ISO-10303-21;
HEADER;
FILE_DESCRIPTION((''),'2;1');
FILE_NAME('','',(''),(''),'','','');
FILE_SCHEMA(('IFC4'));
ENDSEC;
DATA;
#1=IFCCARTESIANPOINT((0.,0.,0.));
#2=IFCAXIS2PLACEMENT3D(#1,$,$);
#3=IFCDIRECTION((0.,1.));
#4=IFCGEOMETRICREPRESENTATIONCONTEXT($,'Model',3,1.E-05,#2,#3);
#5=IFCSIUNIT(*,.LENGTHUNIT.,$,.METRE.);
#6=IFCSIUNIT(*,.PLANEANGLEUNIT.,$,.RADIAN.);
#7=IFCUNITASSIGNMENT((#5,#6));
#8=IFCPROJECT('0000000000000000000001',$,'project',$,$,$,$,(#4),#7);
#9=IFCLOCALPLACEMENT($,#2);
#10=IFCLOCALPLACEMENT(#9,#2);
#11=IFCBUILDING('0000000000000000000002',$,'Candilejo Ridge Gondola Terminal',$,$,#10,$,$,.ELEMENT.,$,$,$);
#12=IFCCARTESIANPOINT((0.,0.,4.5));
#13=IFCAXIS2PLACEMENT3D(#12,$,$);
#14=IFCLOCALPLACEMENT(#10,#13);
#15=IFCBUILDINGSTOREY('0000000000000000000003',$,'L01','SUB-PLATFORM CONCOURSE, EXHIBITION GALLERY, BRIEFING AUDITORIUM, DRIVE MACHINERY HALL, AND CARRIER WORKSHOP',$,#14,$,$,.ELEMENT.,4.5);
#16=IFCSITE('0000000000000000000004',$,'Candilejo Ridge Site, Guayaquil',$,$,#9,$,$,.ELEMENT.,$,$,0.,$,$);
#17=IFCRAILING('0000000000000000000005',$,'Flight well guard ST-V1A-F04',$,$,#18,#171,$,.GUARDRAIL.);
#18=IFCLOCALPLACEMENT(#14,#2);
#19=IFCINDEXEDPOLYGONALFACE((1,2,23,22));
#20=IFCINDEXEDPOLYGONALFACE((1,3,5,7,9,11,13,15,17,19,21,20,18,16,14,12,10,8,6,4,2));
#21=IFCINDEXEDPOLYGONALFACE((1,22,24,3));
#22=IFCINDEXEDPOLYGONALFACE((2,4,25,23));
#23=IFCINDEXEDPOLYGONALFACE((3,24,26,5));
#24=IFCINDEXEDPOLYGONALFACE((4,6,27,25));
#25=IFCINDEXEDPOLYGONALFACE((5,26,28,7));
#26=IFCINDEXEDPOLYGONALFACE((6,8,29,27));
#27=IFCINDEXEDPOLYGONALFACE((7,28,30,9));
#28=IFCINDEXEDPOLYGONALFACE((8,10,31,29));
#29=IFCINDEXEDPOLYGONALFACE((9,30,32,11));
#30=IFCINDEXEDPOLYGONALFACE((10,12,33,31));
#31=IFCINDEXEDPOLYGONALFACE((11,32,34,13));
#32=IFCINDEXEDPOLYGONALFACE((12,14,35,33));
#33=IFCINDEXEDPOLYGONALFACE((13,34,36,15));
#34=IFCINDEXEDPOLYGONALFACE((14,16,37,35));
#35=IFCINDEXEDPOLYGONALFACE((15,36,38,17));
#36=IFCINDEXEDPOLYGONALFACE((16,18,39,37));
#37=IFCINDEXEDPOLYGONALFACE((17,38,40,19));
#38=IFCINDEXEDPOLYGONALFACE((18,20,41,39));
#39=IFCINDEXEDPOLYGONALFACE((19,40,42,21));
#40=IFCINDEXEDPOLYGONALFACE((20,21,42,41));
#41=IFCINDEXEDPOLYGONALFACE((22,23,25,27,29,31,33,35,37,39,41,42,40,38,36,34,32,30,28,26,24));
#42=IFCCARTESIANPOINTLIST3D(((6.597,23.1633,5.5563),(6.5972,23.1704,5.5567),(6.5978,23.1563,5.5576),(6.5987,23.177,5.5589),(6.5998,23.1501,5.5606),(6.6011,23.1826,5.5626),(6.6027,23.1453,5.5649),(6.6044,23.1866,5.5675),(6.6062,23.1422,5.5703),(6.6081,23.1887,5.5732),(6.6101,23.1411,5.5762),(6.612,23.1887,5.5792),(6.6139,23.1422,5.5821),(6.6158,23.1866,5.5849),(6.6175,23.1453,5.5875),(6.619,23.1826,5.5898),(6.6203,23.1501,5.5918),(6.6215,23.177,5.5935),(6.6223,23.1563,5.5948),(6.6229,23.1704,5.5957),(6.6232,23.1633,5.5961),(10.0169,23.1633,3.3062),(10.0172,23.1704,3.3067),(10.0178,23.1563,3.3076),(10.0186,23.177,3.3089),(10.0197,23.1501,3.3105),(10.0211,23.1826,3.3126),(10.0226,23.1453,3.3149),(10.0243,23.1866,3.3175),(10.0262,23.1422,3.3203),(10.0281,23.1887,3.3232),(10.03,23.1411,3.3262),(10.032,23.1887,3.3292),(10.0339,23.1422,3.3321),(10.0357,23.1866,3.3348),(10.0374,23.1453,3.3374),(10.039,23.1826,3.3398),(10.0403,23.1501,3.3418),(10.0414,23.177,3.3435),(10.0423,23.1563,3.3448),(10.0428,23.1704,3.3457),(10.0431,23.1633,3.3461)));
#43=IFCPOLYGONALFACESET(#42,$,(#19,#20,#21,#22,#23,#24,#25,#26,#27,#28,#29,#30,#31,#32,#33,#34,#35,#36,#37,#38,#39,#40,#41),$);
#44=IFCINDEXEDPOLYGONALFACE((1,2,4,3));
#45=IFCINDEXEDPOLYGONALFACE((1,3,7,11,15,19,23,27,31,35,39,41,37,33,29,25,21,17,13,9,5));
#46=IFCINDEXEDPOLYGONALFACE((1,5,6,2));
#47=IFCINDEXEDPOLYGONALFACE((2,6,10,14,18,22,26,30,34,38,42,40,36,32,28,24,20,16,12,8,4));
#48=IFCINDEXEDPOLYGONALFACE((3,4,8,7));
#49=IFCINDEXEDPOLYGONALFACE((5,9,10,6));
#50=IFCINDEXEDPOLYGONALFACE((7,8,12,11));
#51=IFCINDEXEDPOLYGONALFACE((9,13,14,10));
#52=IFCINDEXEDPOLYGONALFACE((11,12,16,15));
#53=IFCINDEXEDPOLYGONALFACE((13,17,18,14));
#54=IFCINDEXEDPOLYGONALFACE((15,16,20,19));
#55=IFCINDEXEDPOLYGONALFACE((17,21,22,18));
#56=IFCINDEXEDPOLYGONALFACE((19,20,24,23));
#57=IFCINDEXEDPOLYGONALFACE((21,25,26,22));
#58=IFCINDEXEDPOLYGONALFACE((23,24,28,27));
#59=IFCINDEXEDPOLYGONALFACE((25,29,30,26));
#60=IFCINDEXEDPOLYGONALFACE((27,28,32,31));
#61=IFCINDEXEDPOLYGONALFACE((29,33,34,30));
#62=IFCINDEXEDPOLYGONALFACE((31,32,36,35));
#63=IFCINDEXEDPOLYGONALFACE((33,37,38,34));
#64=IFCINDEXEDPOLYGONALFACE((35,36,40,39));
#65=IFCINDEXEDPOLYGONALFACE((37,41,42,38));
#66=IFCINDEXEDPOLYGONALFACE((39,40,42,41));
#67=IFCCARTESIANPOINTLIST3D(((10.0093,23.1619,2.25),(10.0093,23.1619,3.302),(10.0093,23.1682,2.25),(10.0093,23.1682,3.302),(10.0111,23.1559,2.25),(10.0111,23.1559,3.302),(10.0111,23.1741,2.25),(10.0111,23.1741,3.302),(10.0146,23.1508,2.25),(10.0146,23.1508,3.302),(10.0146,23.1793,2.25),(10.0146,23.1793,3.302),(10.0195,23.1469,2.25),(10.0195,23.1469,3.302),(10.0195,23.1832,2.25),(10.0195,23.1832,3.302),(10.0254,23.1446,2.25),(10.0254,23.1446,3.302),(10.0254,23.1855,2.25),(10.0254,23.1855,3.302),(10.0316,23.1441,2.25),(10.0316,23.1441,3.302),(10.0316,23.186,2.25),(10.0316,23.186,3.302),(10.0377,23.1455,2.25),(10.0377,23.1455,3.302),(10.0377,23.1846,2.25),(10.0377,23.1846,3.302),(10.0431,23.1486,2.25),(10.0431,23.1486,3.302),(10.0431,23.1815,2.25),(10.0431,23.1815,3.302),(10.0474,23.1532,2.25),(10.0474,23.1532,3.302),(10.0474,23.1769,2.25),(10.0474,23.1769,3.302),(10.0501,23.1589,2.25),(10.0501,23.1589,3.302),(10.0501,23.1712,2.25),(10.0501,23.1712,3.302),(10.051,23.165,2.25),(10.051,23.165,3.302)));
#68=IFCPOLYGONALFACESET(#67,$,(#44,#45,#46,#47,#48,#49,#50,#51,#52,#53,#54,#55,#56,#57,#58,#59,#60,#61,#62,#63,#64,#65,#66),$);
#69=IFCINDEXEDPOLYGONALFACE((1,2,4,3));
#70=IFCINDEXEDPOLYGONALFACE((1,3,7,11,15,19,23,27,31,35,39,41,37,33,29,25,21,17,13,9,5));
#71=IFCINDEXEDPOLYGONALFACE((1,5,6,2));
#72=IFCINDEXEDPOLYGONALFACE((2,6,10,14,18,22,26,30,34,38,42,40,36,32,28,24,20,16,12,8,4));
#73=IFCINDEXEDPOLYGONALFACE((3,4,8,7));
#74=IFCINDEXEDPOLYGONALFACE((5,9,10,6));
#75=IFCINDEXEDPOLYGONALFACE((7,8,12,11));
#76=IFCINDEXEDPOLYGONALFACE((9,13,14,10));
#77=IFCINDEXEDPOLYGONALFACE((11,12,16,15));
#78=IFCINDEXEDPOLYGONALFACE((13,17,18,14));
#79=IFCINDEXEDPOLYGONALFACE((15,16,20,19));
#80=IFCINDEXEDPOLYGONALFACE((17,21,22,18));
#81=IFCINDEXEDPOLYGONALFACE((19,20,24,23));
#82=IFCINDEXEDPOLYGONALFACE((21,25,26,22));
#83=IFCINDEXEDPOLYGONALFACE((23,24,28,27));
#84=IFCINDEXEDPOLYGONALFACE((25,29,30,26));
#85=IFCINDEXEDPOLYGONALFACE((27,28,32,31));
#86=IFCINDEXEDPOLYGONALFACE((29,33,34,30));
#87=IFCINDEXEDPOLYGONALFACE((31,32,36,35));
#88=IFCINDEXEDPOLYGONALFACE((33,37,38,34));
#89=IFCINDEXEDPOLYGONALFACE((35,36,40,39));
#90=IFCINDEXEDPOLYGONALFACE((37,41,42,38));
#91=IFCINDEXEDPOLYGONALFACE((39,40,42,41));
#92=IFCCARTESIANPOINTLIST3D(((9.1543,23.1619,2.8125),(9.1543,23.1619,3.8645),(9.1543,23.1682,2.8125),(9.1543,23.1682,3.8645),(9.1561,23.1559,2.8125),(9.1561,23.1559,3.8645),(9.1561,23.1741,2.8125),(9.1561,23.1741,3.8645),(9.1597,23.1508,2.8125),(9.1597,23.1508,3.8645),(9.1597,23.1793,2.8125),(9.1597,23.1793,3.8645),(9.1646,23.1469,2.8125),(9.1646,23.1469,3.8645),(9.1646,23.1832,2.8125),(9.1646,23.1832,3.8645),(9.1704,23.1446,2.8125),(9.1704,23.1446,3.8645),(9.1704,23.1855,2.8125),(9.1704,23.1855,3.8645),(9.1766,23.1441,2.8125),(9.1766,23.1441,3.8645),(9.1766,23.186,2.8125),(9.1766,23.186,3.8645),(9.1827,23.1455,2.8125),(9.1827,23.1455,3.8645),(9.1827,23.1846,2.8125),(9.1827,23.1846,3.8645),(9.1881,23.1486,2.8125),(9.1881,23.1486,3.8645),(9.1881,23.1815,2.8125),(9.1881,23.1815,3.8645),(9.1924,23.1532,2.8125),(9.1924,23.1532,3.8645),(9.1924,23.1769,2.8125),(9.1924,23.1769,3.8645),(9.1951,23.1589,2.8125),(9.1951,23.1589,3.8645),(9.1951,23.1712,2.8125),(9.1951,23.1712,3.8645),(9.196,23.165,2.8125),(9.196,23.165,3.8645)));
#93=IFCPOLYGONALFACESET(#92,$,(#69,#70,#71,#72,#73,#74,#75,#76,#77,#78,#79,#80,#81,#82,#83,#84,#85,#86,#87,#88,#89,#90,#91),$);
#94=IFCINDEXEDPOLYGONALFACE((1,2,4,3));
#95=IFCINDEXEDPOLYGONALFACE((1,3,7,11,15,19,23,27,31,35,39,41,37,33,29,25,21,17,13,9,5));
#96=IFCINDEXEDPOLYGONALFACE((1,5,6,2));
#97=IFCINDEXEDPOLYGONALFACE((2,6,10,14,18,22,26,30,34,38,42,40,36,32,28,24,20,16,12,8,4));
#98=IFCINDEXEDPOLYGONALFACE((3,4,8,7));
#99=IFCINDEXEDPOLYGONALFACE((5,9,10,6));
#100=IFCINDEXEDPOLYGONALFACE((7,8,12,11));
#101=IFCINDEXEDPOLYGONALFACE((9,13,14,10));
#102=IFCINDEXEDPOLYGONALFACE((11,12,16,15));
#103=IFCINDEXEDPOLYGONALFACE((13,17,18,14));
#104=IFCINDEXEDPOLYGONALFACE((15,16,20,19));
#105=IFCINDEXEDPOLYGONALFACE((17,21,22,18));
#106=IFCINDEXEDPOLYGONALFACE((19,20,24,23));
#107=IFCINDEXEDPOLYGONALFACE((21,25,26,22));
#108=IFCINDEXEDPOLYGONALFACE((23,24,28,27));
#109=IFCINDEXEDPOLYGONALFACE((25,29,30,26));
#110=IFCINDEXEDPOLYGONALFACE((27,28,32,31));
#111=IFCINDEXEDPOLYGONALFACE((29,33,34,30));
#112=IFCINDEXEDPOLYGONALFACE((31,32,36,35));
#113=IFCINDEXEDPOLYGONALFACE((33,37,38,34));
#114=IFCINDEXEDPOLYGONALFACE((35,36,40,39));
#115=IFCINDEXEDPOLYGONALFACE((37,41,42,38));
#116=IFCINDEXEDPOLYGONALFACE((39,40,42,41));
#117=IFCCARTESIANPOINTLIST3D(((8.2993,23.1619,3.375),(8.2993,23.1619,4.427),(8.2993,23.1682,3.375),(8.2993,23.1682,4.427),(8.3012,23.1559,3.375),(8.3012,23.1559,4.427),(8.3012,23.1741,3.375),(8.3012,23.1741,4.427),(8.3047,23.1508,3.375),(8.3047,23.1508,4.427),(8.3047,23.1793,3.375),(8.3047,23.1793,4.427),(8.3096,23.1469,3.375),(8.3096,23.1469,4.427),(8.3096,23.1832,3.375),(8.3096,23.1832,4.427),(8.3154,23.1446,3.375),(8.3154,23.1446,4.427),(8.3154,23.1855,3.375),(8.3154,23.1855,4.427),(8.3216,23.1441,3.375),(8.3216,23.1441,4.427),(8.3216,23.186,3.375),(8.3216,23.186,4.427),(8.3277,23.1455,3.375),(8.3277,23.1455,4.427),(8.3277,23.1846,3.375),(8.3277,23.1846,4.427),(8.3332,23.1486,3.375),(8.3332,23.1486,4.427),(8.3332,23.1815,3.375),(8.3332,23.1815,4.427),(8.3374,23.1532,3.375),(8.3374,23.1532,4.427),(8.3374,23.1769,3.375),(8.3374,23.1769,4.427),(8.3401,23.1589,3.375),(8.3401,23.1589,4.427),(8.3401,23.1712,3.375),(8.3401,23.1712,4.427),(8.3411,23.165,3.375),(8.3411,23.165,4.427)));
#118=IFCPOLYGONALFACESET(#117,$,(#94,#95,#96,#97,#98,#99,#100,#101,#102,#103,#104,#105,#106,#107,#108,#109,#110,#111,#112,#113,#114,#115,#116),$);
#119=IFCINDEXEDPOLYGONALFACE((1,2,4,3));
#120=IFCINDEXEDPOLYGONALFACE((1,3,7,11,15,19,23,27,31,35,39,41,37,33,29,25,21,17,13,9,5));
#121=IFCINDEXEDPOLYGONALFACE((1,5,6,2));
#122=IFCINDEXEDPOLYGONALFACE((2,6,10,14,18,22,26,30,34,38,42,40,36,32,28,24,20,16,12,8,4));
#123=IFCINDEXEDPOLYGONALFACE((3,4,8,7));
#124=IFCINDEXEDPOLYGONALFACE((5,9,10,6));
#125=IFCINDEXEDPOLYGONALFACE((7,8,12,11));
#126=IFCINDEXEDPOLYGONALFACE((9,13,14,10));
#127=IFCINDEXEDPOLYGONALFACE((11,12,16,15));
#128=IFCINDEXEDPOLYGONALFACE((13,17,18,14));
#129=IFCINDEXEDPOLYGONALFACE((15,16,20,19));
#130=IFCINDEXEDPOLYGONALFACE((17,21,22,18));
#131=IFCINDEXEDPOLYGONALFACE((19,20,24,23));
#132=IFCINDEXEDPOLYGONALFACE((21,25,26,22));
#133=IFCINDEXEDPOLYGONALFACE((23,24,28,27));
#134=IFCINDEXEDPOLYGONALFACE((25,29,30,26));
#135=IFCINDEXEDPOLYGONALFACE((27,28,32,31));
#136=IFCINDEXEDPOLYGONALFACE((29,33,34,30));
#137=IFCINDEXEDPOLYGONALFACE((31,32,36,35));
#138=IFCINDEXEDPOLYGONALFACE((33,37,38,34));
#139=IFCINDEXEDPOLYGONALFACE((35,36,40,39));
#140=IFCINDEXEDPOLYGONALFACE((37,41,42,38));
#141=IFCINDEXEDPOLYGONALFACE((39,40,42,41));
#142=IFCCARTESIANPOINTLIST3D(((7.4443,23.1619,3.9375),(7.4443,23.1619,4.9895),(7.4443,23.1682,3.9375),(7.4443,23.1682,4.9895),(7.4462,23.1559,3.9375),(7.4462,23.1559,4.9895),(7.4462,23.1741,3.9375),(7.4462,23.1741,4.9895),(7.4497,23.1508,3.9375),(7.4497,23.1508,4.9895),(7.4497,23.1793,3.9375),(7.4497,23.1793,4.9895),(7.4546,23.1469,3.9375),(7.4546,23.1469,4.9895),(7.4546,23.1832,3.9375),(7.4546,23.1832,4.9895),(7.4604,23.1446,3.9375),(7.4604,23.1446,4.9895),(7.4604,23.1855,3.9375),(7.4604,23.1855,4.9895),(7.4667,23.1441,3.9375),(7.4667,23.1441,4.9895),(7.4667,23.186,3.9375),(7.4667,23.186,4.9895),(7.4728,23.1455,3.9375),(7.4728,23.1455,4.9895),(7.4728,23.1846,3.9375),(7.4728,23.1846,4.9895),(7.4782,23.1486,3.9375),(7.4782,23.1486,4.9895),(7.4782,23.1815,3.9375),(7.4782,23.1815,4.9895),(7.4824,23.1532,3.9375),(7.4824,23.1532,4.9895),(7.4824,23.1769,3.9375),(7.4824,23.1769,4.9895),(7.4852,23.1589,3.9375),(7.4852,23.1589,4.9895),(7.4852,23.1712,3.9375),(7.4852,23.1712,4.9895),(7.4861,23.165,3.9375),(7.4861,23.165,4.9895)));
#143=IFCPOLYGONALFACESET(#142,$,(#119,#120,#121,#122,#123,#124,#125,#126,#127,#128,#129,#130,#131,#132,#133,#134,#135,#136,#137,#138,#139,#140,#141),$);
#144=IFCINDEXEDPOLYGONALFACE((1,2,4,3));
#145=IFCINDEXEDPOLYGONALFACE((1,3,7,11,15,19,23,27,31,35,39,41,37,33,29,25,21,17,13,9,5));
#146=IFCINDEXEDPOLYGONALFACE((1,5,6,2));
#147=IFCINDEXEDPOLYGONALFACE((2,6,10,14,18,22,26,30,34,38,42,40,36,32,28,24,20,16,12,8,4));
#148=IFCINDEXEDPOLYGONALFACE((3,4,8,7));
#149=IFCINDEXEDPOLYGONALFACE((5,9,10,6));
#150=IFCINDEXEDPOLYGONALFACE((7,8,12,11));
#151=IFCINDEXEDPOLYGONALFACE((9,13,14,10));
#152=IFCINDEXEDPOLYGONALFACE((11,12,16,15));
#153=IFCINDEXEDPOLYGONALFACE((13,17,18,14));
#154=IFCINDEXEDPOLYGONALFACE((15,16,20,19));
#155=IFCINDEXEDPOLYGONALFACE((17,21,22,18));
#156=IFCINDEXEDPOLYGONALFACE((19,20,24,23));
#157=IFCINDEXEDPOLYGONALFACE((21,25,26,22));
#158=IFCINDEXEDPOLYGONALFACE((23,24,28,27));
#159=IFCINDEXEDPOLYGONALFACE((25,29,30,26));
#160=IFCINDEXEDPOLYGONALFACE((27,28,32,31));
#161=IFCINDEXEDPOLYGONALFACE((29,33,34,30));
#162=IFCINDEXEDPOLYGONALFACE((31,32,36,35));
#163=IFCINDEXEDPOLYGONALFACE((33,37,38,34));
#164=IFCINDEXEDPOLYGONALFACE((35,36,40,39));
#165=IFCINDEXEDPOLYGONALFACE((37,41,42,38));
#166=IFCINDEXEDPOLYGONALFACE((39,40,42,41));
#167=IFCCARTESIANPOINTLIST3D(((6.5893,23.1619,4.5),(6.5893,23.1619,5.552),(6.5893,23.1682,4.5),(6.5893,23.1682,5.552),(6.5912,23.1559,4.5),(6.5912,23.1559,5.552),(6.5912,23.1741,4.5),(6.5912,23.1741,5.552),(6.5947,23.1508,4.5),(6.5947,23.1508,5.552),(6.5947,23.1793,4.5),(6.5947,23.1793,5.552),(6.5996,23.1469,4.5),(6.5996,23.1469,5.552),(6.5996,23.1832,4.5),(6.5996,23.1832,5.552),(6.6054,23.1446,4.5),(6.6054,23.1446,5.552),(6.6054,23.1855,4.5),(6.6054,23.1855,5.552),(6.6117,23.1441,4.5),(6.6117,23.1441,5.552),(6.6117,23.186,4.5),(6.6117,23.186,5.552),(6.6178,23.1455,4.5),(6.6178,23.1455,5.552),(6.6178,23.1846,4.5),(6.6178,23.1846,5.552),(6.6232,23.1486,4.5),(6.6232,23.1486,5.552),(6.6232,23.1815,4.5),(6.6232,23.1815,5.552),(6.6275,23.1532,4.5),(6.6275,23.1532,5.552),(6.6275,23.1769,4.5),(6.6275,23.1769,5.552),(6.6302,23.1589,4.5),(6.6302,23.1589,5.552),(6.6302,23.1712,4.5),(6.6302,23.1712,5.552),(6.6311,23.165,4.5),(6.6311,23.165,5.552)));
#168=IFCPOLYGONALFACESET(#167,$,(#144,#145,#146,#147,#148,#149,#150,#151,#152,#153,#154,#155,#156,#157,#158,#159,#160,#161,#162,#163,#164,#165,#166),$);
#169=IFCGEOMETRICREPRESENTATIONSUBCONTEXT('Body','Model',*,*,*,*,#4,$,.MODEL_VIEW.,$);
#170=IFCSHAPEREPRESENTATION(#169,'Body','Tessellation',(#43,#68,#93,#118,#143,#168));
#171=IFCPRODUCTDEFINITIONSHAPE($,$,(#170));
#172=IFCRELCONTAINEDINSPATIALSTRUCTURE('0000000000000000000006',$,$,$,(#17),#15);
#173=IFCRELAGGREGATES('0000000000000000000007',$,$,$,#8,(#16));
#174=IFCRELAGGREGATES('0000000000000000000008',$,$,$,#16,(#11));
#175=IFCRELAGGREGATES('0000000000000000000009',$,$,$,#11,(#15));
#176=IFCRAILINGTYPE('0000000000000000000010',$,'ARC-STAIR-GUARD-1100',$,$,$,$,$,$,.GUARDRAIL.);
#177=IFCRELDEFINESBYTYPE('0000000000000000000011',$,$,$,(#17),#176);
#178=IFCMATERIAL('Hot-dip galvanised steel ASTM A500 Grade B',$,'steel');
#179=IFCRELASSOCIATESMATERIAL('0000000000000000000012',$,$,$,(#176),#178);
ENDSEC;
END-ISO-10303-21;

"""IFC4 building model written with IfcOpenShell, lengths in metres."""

from ifc_helpers import new_model, si_unit, direction, frame, origin, origin_2d, place, context, subcontext, project, spatial, circle, extrude, material, type_object, element, save


model = new_model("IFC4")

# Units and contexts
model_context = context("Model", 3, precision=1e-05, world=origin(), true_north=direction((0.0, 1.0)))
body_context = subcontext(model_context, "Body", "Model", "MODEL_VIEW")
ifc_project = project(units=[si_unit("LENGTHUNIT", "METRE"), si_unit("PLANEANGLEUNIT", "RADIAN")], contexts=[model_context])

# Site, building, storey
site_placement = place(None, origin())
site = spatial("IfcSite", under=ifc_project, at=site_placement, Name="Candilejo Ridge Site, Guayaquil", CompositionType="ELEMENT", RefElevation=0.0)
building_placement = place(site_placement, origin())
building = spatial("IfcBuilding", under=site, at=building_placement, Name="Candilejo Ridge Gondola Terminal", CompositionType="ELEMENT")
storey_placement = place(building_placement, frame((0.0, 0.0, 4.5)))
storey = spatial("IfcBuildingStorey", under=building, at=storey_placement, Name="L01", Description="SUB-PLATFORM CONCOURSE, EXHIBITION GALLERY, BRIEFING AUDITORIUM, DRIVE MACHINERY HALL, AND CARRIER WORKSHOP", CompositionType="ELEMENT", Elevation=4.5)

# Railing
ifc_material_1 = material(Name="Hot-dip galvanised steel ASTM A500 Grade B", Category="steel")
railing_type_1 = type_object("IfcRailingType", Name="ARC-STAIR-GUARD-1100", PredefinedType="GUARDRAIL", material=ifc_material_1)
railing_1_placement = place(storey_placement, frame((10.03, 23.165, 2.25)))
element("IfcRailing", 1, at=railing_1_placement, inside=storey, type_object=railing_type_1, Name="Flight well guard ST-V1A-F04", PredefinedType="GUARDRAIL", context=body_context, shape_type="SweptSolid", body=[
    extrude(circle(Radius=0.0239, at=origin_2d()), frame((0.0, 0.0, 1.0762), z_axis=(-0.835411, 0.0, 0.549625), x_axis=(0.0, -1.0, 0.0)), (0.0, 0.0, 1.0), 4.0938),
    extrude(circle(Radius=0.021, at=origin_2d()), origin(), (0.0, 0.0, 1.0), 1.052),
    extrude(circle(Radius=0.021, at=origin_2d()), frame((-0.855, 0.0, 0.5625)), (0.0, 0.0, 1.0), 1.052),
    extrude(circle(Radius=0.021, at=origin_2d()), frame((-1.71, 0.0, 1.125)), (0.0, 0.0, 1.0), 1.052),
    extrude(circle(Radius=0.021, at=origin_2d()), frame((-2.5649, 0.0, 1.6875)), (0.0, 0.0, 1.0), 1.052),
    extrude(circle(Radius=0.021, at=origin_2d()), frame((-3.4199, 0.0, 2.25)), (0.0, 0.0, 1.0), 1.052),
])

save(model, "model.ifc")
